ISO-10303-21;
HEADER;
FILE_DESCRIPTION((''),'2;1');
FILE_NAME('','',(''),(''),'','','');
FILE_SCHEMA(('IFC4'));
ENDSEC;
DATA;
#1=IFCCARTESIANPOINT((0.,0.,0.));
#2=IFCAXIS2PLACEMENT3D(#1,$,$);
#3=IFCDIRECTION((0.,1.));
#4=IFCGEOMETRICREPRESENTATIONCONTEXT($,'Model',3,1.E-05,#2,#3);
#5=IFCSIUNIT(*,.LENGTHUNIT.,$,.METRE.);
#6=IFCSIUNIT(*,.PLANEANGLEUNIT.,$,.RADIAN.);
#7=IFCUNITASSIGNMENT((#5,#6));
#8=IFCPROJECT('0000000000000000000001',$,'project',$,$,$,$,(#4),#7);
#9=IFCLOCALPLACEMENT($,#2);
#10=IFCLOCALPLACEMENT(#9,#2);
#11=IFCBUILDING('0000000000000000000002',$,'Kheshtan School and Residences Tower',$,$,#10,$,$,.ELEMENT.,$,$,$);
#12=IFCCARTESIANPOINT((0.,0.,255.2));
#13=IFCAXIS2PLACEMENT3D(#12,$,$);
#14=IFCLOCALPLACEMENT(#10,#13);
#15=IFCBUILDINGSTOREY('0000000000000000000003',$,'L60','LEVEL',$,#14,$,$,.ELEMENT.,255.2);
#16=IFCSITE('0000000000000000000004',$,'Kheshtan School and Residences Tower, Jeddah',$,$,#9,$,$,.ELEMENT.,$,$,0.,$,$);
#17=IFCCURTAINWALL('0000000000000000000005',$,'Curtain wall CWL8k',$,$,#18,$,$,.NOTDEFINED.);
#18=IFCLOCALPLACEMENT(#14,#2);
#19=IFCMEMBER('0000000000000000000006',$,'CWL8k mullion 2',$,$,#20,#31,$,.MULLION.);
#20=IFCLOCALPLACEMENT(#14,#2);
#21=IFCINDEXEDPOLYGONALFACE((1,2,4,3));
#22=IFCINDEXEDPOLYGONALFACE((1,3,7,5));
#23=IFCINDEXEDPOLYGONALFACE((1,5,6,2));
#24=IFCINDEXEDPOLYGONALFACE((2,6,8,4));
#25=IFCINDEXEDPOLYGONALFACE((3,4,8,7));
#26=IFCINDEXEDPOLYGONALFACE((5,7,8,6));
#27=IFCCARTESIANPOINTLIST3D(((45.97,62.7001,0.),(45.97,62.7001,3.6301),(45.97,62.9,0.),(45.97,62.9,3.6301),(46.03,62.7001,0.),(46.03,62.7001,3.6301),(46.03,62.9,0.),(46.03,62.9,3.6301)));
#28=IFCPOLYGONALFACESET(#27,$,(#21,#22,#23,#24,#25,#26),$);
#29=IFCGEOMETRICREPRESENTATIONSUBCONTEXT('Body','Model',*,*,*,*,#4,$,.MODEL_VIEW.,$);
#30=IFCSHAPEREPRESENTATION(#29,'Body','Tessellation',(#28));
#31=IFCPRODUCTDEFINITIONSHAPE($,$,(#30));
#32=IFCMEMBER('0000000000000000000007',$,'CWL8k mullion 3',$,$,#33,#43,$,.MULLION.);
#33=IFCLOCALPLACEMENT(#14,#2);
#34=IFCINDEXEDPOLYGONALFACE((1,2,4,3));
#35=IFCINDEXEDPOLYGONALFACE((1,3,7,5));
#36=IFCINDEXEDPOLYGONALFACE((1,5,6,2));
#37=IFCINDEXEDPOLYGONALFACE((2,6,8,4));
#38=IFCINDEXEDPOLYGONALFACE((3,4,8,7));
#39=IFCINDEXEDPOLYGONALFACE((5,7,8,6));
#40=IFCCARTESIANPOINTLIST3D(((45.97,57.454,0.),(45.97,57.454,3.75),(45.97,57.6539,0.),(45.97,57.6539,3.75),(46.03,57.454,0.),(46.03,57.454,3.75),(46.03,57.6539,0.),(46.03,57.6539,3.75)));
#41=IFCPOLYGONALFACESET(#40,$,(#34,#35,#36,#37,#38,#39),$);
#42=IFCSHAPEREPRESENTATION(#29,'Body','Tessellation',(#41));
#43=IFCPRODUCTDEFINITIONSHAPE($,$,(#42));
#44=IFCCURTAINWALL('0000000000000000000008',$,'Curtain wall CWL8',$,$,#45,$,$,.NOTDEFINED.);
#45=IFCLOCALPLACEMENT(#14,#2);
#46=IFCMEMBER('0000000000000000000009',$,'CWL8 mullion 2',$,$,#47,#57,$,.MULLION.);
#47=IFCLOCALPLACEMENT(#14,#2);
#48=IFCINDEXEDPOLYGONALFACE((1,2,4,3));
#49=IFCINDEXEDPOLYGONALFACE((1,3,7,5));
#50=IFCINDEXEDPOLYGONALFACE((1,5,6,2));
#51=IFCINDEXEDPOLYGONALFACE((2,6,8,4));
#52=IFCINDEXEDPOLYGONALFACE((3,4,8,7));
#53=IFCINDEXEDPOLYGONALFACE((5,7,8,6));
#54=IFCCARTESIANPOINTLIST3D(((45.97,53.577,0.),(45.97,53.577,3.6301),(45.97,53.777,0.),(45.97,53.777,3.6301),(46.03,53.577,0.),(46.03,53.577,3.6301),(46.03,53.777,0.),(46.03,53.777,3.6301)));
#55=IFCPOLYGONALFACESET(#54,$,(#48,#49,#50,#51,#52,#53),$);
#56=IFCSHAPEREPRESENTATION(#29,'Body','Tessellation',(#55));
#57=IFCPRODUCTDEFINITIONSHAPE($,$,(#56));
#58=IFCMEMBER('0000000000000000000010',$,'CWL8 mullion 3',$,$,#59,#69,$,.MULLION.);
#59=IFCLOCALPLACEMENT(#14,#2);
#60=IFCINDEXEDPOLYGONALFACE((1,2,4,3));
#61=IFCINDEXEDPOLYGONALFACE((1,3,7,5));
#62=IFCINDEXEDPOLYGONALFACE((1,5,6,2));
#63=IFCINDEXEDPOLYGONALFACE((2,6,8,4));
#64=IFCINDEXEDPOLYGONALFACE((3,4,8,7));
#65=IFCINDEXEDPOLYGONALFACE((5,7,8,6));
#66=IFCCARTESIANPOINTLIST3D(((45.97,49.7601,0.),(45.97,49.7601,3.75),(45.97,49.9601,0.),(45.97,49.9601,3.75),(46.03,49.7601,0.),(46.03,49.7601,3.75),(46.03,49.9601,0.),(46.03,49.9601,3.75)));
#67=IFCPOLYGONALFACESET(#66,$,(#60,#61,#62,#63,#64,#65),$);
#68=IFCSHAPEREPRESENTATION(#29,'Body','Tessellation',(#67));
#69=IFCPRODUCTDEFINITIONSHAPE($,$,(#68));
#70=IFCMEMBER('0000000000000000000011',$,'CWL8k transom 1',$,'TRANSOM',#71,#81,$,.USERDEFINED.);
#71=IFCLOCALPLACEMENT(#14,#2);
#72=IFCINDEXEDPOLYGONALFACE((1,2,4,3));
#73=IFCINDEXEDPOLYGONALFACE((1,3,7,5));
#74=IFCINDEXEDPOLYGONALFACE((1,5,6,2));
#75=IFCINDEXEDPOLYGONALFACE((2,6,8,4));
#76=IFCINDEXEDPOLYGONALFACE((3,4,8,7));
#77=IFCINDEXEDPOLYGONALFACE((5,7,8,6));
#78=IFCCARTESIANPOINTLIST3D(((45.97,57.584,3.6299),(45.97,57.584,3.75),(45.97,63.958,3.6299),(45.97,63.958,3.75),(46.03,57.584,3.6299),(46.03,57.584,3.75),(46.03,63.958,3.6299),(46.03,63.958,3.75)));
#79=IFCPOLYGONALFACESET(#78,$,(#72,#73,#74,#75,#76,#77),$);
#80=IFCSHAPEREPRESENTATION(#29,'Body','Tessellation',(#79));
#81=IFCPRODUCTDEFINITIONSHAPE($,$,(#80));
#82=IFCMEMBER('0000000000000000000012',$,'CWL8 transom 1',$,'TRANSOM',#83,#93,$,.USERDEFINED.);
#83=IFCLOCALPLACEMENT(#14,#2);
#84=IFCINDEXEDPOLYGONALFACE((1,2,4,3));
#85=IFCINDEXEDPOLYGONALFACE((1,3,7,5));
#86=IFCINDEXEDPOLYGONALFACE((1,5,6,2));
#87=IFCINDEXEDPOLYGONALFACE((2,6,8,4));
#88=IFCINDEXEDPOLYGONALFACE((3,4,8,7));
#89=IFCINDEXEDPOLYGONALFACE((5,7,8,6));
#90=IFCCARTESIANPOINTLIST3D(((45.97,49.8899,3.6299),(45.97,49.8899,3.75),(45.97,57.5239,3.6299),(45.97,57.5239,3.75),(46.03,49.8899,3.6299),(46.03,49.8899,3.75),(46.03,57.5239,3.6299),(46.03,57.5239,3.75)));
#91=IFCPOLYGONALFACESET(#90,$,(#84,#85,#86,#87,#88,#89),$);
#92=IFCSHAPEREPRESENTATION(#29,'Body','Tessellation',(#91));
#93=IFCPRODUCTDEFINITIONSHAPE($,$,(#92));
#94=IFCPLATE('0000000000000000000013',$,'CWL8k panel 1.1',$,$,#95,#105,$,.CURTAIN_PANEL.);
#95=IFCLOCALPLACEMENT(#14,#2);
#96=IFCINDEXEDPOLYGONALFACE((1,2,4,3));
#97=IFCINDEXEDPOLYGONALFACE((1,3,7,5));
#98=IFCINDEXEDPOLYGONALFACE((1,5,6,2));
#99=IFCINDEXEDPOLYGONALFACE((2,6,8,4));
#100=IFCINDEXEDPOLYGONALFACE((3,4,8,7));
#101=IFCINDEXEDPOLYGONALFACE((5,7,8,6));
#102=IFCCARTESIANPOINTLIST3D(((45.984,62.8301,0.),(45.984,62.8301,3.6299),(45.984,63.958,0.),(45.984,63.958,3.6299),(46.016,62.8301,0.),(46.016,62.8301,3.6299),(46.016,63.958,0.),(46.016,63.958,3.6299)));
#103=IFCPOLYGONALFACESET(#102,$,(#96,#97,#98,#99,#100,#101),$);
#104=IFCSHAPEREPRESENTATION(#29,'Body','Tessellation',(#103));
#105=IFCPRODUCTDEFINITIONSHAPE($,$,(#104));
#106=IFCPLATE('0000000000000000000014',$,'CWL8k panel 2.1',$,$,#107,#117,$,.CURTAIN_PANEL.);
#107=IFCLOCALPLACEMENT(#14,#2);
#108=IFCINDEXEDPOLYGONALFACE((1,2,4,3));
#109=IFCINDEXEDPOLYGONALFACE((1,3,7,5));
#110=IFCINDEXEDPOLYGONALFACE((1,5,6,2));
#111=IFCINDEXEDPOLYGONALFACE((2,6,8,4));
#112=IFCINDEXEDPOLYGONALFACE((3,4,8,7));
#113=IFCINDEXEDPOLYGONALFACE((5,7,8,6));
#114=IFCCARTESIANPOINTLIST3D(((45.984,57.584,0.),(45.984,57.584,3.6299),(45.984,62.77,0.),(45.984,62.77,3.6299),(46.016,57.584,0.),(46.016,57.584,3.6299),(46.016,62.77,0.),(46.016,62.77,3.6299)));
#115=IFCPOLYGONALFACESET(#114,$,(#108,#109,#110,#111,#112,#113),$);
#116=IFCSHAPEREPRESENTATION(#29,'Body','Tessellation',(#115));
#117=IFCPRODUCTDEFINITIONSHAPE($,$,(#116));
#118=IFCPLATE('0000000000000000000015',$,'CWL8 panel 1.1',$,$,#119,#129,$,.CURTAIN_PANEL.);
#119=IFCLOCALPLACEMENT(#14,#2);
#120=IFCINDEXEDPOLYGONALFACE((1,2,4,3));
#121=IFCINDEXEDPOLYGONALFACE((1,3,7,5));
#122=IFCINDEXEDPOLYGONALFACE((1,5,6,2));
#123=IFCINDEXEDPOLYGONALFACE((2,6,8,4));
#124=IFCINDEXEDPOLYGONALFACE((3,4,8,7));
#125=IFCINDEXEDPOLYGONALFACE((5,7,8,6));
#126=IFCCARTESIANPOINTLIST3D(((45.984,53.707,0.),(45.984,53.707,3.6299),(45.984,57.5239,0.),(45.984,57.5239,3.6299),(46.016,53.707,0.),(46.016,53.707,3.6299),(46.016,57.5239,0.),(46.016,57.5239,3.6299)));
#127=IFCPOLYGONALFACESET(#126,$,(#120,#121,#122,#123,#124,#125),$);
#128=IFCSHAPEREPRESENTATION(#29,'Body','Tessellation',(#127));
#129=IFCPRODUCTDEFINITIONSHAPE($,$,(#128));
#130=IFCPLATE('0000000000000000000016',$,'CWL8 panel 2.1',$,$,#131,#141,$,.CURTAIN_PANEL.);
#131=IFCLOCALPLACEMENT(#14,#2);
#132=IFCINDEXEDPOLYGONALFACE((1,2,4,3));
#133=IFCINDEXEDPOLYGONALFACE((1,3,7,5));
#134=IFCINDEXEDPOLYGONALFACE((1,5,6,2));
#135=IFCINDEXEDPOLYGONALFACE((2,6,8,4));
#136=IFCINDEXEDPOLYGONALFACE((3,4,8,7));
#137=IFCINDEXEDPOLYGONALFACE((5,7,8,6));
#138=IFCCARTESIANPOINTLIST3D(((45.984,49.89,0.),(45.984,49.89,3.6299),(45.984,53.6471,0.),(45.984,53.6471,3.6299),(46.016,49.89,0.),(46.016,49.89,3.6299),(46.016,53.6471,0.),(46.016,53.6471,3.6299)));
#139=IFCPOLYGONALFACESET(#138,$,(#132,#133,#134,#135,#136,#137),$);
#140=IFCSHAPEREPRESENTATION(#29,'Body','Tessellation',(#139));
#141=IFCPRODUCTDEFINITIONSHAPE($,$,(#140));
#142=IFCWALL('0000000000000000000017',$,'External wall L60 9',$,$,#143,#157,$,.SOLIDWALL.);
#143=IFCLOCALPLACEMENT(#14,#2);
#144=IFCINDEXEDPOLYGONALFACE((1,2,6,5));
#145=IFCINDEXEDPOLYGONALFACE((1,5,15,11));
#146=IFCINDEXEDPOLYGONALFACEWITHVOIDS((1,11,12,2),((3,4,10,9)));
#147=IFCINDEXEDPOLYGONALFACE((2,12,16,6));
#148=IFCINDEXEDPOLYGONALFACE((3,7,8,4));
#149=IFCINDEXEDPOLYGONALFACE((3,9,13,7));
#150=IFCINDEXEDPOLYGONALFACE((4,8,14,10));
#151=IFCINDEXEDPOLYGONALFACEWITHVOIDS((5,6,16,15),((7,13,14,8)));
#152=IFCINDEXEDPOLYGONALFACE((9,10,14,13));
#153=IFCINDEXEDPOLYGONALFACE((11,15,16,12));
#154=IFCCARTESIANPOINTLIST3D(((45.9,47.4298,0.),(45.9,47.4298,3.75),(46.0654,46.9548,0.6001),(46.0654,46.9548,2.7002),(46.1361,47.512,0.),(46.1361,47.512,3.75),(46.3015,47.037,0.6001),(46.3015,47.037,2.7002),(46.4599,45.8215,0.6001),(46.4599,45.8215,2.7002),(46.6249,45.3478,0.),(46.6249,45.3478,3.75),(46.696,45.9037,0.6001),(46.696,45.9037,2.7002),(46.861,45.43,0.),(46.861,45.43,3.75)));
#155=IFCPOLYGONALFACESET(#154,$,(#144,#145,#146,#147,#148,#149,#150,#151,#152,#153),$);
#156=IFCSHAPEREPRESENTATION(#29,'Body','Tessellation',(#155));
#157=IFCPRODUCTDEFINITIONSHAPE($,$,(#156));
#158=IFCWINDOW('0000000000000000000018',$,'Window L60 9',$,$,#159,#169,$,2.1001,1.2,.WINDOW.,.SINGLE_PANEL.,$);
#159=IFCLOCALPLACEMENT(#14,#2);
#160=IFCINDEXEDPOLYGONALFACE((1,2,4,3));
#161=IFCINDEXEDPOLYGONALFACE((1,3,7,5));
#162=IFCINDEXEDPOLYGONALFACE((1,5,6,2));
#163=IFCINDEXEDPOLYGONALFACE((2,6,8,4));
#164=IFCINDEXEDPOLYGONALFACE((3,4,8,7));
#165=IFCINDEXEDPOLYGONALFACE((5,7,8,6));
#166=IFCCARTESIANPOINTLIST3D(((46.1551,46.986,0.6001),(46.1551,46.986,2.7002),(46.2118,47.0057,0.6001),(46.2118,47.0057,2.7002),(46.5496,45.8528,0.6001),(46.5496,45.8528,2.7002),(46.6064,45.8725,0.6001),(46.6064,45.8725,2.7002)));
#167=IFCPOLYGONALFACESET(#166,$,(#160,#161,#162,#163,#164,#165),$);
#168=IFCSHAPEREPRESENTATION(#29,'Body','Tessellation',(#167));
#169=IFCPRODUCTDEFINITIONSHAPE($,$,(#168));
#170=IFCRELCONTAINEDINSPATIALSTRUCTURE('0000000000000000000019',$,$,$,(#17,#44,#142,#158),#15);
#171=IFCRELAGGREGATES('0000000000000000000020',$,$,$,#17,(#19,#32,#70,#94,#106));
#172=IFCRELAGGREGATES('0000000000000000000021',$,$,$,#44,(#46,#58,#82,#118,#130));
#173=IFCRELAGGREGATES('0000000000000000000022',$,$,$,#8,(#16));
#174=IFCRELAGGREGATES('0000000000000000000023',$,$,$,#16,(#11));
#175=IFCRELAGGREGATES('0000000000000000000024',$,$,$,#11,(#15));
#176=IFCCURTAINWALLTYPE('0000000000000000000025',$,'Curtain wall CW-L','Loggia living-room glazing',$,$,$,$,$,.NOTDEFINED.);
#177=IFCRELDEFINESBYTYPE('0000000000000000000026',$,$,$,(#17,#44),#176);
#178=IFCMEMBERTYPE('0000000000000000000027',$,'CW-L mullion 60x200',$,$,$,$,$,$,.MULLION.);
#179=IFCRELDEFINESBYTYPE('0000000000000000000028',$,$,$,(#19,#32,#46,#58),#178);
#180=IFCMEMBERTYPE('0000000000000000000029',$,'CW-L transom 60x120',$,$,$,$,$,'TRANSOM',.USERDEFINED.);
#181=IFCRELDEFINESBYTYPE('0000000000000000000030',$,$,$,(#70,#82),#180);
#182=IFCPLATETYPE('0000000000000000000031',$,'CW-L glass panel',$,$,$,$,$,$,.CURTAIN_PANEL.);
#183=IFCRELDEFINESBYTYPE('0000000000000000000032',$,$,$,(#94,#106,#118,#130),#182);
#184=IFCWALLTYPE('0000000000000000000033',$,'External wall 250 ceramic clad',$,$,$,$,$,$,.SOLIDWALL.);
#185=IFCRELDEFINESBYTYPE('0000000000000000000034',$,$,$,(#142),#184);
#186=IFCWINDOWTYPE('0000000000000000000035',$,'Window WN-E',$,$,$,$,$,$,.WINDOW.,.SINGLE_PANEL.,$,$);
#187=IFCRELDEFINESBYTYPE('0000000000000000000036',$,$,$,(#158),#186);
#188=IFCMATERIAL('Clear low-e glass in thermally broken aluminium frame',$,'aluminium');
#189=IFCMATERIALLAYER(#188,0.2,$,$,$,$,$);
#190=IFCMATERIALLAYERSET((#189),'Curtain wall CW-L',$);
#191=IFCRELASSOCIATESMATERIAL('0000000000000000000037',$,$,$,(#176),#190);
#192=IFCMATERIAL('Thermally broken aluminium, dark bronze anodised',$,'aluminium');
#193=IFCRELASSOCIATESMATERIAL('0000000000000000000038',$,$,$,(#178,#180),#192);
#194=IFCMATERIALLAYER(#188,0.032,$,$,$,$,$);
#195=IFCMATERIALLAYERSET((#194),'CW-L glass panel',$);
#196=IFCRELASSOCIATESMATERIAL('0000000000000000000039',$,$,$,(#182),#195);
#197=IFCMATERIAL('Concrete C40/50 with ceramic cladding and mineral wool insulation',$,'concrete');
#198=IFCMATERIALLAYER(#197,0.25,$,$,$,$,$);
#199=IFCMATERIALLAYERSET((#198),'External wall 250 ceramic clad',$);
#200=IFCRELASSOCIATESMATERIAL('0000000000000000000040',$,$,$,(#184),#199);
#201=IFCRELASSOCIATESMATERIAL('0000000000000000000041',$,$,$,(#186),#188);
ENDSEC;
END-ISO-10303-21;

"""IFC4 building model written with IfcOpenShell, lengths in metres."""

from ifc_helpers import new_model, si_unit, direction, frame, frame_2d, origin, origin_2d, place, context, subcontext, project, spatial, rectangle, extrude, source, transform, mapped, material, layer, layer_set, material_profile, profile_set, type_object, element, fill, aggregate, save


model = new_model("IFC4")

# Units and contexts
model_context = context("Model", 3, precision=1e-05, world=origin(), true_north=direction((0.0, 1.0)))
body_context = subcontext(model_context, "Body", "Model", "MODEL_VIEW")
ifc_project = project(units=[si_unit("LENGTHUNIT", "METRE"), si_unit("PLANEANGLEUNIT", "RADIAN")], contexts=[model_context])

# Site, building, storey
site_placement = place(None, origin())
site = spatial("IfcSite", under=ifc_project, at=site_placement, Name="Kheshtan School and Residences Tower, Jeddah", CompositionType="ELEMENT", RefElevation=0.0)
building_placement = place(site_placement, origin())
building = spatial("IfcBuilding", under=site, at=building_placement, Name="Kheshtan School and Residences Tower", CompositionType="ELEMENT")
storey_placement = place(building_placement, frame((0.0, 0.0, 255.2)))
storey = spatial("IfcBuildingStorey", under=building, at=storey_placement, Name="L60", Description="LEVEL", CompositionType="ELEMENT", Elevation=255.2)

# Curtain walls, members
ifc_material_1 = material(Name="Clear low-e glass in thermally broken aluminium frame", Category="aluminium")
ifc_layer_1 = layer(ifc_material_1, 0.2)
ifc_layer_set_1 = layer_set([ifc_layer_1], Name="Curtain wall CW-L")
curtain_wall_type = type_object("IfcCurtainWallType", Name="Curtain wall CW-L", Description="Loggia living-room glazing", PredefinedType="NOTDEFINED", material=ifc_layer_set_1)
curtain_wall_1_placement = place(storey_placement, origin())
curtain_wall_1 = element("IfcCurtainWall", 1, at=curtain_wall_1_placement, inside=storey, type_object=curtain_wall_type, Name="Curtain wall CWL8k", PredefinedType="NOTDEFINED")
ifc_material_2 = material(Name="Thermally broken aluminium, dark bronze anodised", Category="aluminium")
ifc_material_profile_1 = material_profile(ifc_material_2, rectangle(XDim=0.0601, YDim=0.2, at=origin_2d()), Name="CW-L mullion 60x200")
ifc_profile_set_1 = profile_set([ifc_material_profile_1], Name="Thermally broken aluminium, dark bronze anodised")
member_type_1 = type_object("IfcMemberType", Name="CW-L mullion 60x200", PredefinedType="MULLION", material=ifc_profile_set_1)
member_1_placement = place(storey_placement, frame((46.0, 62.8, 0.0), z_axis=(0.0, 0.0, 1.0), x_axis=(1.0, 0.0, 0.0)))
member_1 = element("IfcMember", 2, at=member_1_placement, type_object=member_type_1, Name="CWL8k mullion 2", PredefinedType="MULLION", context=body_context, shape_type="SweptSolid", body=[
    extrude(rectangle(XDim=0.0601, YDim=0.2, at=origin_2d()), origin(), (0.0, 0.0, 1.0), 3.6301),
])
member_2_placement = place(storey_placement, frame((46.0, 57.554, 0.0), z_axis=(0.0, 0.0, 1.0), x_axis=(1.0, 0.0, 0.0)))
member_2 = element("IfcMember", 3, at=member_2_placement, type_object=member_type_1, Name="CWL8k mullion 3", PredefinedType="MULLION", context=body_context, shape_type="SweptSolid", body=[
    extrude(rectangle(XDim=0.0601, YDim=0.2, at=origin_2d()), origin(), (0.0, 0.0, 1.0), 3.75),
])
curtain_wall_2_placement = place(storey_placement, origin())
curtain_wall_2 = element("IfcCurtainWall", 4, at=curtain_wall_2_placement, inside=storey, type_object=curtain_wall_type, Name="Curtain wall CWL8", PredefinedType="NOTDEFINED")
member_3_placement = place(storey_placement, frame((46.0, 53.677, 0.0), z_axis=(0.0, 0.0, 1.0), x_axis=(1.0, 0.0, 0.0)))
member_3 = element("IfcMember", 5, at=member_3_placement, type_object=member_type_1, Name="CWL8 mullion 2", PredefinedType="MULLION", context=body_context, shape_type="SweptSolid", body=[
    extrude(rectangle(XDim=0.0601, YDim=0.2, at=origin_2d()), origin(), (0.0, 0.0, 1.0), 3.6301),
])
member_4_placement = place(storey_placement, frame((46.0, 49.8601, 0.0), z_axis=(0.0, 0.0, 1.0), x_axis=(1.0, 0.0, 0.0)))
member_4 = element("IfcMember", 6, at=member_4_placement, type_object=member_type_1, Name="CWL8 mullion 3", PredefinedType="MULLION", context=body_context, shape_type="SweptSolid", body=[
    extrude(rectangle(XDim=0.0601, YDim=0.2, at=origin_2d()), origin(), (0.0, 0.0, 1.0), 3.75),
])

# Members
ifc_material_profile_2 = material_profile(ifc_material_2, rectangle(XDim=0.0601, YDim=0.1201, at=origin_2d()), Name="CW-L transom 60x120")
ifc_profile_set_2 = profile_set([ifc_material_profile_2], Name="Thermally broken aluminium, dark bronze anodised")
member_type_2 = type_object("IfcMemberType", Name="CW-L transom 60x120", ElementType="TRANSOM", PredefinedType="USERDEFINED", material=ifc_profile_set_2)
member_5_placement = place(storey_placement, frame((46.0, 63.958, 3.6899), z_axis=(0.0, -1.0, 0.0), x_axis=(1.0, 0.0, 0.0)))
member_5 = element("IfcMember", 7, at=member_5_placement, type_object=member_type_2, Name="CWL8k transom 1", ObjectType="TRANSOM", PredefinedType="USERDEFINED", context=body_context, shape_type="SweptSolid", body=[
    extrude(rectangle(XDim=0.0601, YDim=0.1201, at=origin_2d()), origin(), (0.0, 0.0, 1.0), 6.374),
])
member_6_placement = place(storey_placement, frame((46.0, 57.5239, 3.6899), z_axis=(0.0, -1.0, 0.0), x_axis=(1.0, 0.0, 0.0)))
member_6 = element("IfcMember", 8, at=member_6_placement, type_object=member_type_2, Name="CWL8 transom 1", ObjectType="TRANSOM", PredefinedType="USERDEFINED", context=body_context, shape_type="SweptSolid", body=[
    extrude(rectangle(XDim=0.0601, YDim=0.1201, at=origin_2d()), origin(), (0.0, 0.0, 1.0), 7.634),
])

# Plates
ifc_layer_2 = layer(ifc_material_1, 0.032)
ifc_layer_set_2 = layer_set([ifc_layer_2], Name="CW-L glass panel")
plate_type = type_object("IfcPlateType", Name="CW-L glass panel", PredefinedType="CURTAIN_PANEL", material=ifc_layer_set_2)
plate_1_placement = place(storey_placement, frame((46.0, 63.394, 0.0), z_axis=(0.0, 0.0, 1.0), x_axis=(0.0, -1.0, 0.0)))
plate_1 = element("IfcPlate", 9, at=plate_1_placement, type_object=plate_type, Name="CWL8k panel 1.1", PredefinedType="CURTAIN_PANEL", context=body_context, shape_type="SweptSolid", body=[
    extrude(rectangle(XDim=1.1279, YDim=0.032, at=origin_2d()), origin(), (0.0, 0.0, 1.0), 3.6299),
])
plate_2_placement = place(storey_placement, frame((46.0, 60.177, 0.0), z_axis=(0.0, 0.0, 1.0), x_axis=(0.0, -1.0, 0.0)))
plate_2 = element("IfcPlate", 10, at=plate_2_placement, type_object=plate_type, Name="CWL8k panel 2.1", PredefinedType="CURTAIN_PANEL", context=body_context, shape_type="SweptSolid", body=[
    extrude(rectangle(XDim=5.186, YDim=0.032, at=origin_2d()), origin(), (0.0, 0.0, 1.0), 3.6299),
])
aggregate(curtain_wall_1, [member_1, member_2, member_5, plate_1, plate_2])
plate_3_placement = place(storey_placement, frame((46.0, 55.6155, 0.0), z_axis=(0.0, 0.0, 1.0), x_axis=(0.0, -1.0, 0.0)))
plate_3 = element("IfcPlate", 11, at=plate_3_placement, type_object=plate_type, Name="CWL8 panel 1.1", PredefinedType="CURTAIN_PANEL", context=body_context, shape_type="SweptSolid", body=[
    extrude(rectangle(XDim=3.8169, YDim=0.032, at=origin_2d()), origin(), (0.0, 0.0, 1.0), 3.6299),
])
plate_4_placement = place(storey_placement, frame((46.0, 51.7686, 0.0), z_axis=(0.0, 0.0, 1.0), x_axis=(0.0, -1.0, 0.0)))
plate_4 = element("IfcPlate", 12, at=plate_4_placement, type_object=plate_type, Name="CWL8 panel 2.1", PredefinedType="CURTAIN_PANEL", context=body_context, shape_type="SweptSolid", body=[
    extrude(rectangle(XDim=3.7571, YDim=0.032, at=origin_2d()), origin(), (0.0, 0.0, 1.0), 3.6299),
])
aggregate(curtain_wall_2, [member_3, member_4, member_6, plate_3, plate_4])

# Wall, opening, window
ifc_material_3 = material(Name="Concrete C40/50 with ceramic cladding and mineral wool insulation", Category="concrete")
ifc_layer_3 = layer(ifc_material_3, 0.25)
ifc_layer_set_3 = layer_set([ifc_layer_3], Name="External wall 250 ceramic clad")
wall_type_1 = type_object("IfcWallType", Name="External wall 250 ceramic clad", PredefinedType="SOLIDWALL", material=ifc_layer_set_3)
wall_1_placement = place(storey_placement, frame((46.0181, 47.4709, 0.0), z_axis=(0.0, 0.0, 1.0), x_axis=(0.328791, -0.944403, 0.0)))
wall_1 = element("IfcWall", 13, at=wall_1_placement, inside=storey, type_object=wall_type_1, Name="External wall L60 9", PredefinedType="SOLIDWALL", context=body_context, shape_type="SweptSolid", body=[
    extrude(rectangle(XDim=2.2046, YDim=0.25, at=frame_2d((1.1023, 0.0))), origin(), (0.0, 0.0, 1.0), 3.75),
])
opening_1_placement = place(wall_1_placement, frame((0.5029, 0.0, 0.6001)))
opening_1 = element("IfcOpeningElement", 14, at=opening_1_placement, cuts=wall_1, PredefinedType="OPENING", context=body_context, shape_type="SweptSolid", body=[
    extrude(rectangle(XDim=1.2, YDim=2.1001, at=frame_2d((0.6001, 1.05))), frame((0.0, 0.135, 0.0), z_axis=(0.0, -1.0, 0.0), x_axis=(1.0, 0.0, 0.0)), (0.0, 0.0, 1.0), 0.27),
])
window_type = type_object("IfcWindowType", Name="Window WN-E", PartitioningType="SINGLE_PANEL", PredefinedType="WINDOW", material=ifc_material_1)
shared_shape_1 = source(origin(), body_context, "Body", "SweptSolid", [
    extrude(rectangle(XDim=1.2, YDim=2.1001, at=frame_2d((0.6001, 1.05))), frame((0.0, 0.03, 0.0), z_axis=(0.0, -1.0, 0.0), x_axis=(1.0, 0.0, 0.0)), (0.0, 0.0, 1.0), 0.0601),
])
window_1_placement = place(opening_1_placement, origin())
window_1 = element("IfcWindow", 15, at=window_1_placement, inside=storey, type_object=window_type, Name="Window L60 9", OverallHeight=2.1001, OverallWidth=1.2, PartitioningType="SINGLE_PANEL", PredefinedType="WINDOW", context=body_context, shape_type="MappedRepresentation", body=[
    mapped(shared_shape_1, transform((0.0, 0.0, 0.0), x_axis=(1.0, 0.0, 0.0), y_axis=(0.0, 1.0, 0.0), z_axis=(0.0, 0.0, 1.0), scale=1.0)),
])
fill(opening_1, window_1)

save(model, "model.ifc")
